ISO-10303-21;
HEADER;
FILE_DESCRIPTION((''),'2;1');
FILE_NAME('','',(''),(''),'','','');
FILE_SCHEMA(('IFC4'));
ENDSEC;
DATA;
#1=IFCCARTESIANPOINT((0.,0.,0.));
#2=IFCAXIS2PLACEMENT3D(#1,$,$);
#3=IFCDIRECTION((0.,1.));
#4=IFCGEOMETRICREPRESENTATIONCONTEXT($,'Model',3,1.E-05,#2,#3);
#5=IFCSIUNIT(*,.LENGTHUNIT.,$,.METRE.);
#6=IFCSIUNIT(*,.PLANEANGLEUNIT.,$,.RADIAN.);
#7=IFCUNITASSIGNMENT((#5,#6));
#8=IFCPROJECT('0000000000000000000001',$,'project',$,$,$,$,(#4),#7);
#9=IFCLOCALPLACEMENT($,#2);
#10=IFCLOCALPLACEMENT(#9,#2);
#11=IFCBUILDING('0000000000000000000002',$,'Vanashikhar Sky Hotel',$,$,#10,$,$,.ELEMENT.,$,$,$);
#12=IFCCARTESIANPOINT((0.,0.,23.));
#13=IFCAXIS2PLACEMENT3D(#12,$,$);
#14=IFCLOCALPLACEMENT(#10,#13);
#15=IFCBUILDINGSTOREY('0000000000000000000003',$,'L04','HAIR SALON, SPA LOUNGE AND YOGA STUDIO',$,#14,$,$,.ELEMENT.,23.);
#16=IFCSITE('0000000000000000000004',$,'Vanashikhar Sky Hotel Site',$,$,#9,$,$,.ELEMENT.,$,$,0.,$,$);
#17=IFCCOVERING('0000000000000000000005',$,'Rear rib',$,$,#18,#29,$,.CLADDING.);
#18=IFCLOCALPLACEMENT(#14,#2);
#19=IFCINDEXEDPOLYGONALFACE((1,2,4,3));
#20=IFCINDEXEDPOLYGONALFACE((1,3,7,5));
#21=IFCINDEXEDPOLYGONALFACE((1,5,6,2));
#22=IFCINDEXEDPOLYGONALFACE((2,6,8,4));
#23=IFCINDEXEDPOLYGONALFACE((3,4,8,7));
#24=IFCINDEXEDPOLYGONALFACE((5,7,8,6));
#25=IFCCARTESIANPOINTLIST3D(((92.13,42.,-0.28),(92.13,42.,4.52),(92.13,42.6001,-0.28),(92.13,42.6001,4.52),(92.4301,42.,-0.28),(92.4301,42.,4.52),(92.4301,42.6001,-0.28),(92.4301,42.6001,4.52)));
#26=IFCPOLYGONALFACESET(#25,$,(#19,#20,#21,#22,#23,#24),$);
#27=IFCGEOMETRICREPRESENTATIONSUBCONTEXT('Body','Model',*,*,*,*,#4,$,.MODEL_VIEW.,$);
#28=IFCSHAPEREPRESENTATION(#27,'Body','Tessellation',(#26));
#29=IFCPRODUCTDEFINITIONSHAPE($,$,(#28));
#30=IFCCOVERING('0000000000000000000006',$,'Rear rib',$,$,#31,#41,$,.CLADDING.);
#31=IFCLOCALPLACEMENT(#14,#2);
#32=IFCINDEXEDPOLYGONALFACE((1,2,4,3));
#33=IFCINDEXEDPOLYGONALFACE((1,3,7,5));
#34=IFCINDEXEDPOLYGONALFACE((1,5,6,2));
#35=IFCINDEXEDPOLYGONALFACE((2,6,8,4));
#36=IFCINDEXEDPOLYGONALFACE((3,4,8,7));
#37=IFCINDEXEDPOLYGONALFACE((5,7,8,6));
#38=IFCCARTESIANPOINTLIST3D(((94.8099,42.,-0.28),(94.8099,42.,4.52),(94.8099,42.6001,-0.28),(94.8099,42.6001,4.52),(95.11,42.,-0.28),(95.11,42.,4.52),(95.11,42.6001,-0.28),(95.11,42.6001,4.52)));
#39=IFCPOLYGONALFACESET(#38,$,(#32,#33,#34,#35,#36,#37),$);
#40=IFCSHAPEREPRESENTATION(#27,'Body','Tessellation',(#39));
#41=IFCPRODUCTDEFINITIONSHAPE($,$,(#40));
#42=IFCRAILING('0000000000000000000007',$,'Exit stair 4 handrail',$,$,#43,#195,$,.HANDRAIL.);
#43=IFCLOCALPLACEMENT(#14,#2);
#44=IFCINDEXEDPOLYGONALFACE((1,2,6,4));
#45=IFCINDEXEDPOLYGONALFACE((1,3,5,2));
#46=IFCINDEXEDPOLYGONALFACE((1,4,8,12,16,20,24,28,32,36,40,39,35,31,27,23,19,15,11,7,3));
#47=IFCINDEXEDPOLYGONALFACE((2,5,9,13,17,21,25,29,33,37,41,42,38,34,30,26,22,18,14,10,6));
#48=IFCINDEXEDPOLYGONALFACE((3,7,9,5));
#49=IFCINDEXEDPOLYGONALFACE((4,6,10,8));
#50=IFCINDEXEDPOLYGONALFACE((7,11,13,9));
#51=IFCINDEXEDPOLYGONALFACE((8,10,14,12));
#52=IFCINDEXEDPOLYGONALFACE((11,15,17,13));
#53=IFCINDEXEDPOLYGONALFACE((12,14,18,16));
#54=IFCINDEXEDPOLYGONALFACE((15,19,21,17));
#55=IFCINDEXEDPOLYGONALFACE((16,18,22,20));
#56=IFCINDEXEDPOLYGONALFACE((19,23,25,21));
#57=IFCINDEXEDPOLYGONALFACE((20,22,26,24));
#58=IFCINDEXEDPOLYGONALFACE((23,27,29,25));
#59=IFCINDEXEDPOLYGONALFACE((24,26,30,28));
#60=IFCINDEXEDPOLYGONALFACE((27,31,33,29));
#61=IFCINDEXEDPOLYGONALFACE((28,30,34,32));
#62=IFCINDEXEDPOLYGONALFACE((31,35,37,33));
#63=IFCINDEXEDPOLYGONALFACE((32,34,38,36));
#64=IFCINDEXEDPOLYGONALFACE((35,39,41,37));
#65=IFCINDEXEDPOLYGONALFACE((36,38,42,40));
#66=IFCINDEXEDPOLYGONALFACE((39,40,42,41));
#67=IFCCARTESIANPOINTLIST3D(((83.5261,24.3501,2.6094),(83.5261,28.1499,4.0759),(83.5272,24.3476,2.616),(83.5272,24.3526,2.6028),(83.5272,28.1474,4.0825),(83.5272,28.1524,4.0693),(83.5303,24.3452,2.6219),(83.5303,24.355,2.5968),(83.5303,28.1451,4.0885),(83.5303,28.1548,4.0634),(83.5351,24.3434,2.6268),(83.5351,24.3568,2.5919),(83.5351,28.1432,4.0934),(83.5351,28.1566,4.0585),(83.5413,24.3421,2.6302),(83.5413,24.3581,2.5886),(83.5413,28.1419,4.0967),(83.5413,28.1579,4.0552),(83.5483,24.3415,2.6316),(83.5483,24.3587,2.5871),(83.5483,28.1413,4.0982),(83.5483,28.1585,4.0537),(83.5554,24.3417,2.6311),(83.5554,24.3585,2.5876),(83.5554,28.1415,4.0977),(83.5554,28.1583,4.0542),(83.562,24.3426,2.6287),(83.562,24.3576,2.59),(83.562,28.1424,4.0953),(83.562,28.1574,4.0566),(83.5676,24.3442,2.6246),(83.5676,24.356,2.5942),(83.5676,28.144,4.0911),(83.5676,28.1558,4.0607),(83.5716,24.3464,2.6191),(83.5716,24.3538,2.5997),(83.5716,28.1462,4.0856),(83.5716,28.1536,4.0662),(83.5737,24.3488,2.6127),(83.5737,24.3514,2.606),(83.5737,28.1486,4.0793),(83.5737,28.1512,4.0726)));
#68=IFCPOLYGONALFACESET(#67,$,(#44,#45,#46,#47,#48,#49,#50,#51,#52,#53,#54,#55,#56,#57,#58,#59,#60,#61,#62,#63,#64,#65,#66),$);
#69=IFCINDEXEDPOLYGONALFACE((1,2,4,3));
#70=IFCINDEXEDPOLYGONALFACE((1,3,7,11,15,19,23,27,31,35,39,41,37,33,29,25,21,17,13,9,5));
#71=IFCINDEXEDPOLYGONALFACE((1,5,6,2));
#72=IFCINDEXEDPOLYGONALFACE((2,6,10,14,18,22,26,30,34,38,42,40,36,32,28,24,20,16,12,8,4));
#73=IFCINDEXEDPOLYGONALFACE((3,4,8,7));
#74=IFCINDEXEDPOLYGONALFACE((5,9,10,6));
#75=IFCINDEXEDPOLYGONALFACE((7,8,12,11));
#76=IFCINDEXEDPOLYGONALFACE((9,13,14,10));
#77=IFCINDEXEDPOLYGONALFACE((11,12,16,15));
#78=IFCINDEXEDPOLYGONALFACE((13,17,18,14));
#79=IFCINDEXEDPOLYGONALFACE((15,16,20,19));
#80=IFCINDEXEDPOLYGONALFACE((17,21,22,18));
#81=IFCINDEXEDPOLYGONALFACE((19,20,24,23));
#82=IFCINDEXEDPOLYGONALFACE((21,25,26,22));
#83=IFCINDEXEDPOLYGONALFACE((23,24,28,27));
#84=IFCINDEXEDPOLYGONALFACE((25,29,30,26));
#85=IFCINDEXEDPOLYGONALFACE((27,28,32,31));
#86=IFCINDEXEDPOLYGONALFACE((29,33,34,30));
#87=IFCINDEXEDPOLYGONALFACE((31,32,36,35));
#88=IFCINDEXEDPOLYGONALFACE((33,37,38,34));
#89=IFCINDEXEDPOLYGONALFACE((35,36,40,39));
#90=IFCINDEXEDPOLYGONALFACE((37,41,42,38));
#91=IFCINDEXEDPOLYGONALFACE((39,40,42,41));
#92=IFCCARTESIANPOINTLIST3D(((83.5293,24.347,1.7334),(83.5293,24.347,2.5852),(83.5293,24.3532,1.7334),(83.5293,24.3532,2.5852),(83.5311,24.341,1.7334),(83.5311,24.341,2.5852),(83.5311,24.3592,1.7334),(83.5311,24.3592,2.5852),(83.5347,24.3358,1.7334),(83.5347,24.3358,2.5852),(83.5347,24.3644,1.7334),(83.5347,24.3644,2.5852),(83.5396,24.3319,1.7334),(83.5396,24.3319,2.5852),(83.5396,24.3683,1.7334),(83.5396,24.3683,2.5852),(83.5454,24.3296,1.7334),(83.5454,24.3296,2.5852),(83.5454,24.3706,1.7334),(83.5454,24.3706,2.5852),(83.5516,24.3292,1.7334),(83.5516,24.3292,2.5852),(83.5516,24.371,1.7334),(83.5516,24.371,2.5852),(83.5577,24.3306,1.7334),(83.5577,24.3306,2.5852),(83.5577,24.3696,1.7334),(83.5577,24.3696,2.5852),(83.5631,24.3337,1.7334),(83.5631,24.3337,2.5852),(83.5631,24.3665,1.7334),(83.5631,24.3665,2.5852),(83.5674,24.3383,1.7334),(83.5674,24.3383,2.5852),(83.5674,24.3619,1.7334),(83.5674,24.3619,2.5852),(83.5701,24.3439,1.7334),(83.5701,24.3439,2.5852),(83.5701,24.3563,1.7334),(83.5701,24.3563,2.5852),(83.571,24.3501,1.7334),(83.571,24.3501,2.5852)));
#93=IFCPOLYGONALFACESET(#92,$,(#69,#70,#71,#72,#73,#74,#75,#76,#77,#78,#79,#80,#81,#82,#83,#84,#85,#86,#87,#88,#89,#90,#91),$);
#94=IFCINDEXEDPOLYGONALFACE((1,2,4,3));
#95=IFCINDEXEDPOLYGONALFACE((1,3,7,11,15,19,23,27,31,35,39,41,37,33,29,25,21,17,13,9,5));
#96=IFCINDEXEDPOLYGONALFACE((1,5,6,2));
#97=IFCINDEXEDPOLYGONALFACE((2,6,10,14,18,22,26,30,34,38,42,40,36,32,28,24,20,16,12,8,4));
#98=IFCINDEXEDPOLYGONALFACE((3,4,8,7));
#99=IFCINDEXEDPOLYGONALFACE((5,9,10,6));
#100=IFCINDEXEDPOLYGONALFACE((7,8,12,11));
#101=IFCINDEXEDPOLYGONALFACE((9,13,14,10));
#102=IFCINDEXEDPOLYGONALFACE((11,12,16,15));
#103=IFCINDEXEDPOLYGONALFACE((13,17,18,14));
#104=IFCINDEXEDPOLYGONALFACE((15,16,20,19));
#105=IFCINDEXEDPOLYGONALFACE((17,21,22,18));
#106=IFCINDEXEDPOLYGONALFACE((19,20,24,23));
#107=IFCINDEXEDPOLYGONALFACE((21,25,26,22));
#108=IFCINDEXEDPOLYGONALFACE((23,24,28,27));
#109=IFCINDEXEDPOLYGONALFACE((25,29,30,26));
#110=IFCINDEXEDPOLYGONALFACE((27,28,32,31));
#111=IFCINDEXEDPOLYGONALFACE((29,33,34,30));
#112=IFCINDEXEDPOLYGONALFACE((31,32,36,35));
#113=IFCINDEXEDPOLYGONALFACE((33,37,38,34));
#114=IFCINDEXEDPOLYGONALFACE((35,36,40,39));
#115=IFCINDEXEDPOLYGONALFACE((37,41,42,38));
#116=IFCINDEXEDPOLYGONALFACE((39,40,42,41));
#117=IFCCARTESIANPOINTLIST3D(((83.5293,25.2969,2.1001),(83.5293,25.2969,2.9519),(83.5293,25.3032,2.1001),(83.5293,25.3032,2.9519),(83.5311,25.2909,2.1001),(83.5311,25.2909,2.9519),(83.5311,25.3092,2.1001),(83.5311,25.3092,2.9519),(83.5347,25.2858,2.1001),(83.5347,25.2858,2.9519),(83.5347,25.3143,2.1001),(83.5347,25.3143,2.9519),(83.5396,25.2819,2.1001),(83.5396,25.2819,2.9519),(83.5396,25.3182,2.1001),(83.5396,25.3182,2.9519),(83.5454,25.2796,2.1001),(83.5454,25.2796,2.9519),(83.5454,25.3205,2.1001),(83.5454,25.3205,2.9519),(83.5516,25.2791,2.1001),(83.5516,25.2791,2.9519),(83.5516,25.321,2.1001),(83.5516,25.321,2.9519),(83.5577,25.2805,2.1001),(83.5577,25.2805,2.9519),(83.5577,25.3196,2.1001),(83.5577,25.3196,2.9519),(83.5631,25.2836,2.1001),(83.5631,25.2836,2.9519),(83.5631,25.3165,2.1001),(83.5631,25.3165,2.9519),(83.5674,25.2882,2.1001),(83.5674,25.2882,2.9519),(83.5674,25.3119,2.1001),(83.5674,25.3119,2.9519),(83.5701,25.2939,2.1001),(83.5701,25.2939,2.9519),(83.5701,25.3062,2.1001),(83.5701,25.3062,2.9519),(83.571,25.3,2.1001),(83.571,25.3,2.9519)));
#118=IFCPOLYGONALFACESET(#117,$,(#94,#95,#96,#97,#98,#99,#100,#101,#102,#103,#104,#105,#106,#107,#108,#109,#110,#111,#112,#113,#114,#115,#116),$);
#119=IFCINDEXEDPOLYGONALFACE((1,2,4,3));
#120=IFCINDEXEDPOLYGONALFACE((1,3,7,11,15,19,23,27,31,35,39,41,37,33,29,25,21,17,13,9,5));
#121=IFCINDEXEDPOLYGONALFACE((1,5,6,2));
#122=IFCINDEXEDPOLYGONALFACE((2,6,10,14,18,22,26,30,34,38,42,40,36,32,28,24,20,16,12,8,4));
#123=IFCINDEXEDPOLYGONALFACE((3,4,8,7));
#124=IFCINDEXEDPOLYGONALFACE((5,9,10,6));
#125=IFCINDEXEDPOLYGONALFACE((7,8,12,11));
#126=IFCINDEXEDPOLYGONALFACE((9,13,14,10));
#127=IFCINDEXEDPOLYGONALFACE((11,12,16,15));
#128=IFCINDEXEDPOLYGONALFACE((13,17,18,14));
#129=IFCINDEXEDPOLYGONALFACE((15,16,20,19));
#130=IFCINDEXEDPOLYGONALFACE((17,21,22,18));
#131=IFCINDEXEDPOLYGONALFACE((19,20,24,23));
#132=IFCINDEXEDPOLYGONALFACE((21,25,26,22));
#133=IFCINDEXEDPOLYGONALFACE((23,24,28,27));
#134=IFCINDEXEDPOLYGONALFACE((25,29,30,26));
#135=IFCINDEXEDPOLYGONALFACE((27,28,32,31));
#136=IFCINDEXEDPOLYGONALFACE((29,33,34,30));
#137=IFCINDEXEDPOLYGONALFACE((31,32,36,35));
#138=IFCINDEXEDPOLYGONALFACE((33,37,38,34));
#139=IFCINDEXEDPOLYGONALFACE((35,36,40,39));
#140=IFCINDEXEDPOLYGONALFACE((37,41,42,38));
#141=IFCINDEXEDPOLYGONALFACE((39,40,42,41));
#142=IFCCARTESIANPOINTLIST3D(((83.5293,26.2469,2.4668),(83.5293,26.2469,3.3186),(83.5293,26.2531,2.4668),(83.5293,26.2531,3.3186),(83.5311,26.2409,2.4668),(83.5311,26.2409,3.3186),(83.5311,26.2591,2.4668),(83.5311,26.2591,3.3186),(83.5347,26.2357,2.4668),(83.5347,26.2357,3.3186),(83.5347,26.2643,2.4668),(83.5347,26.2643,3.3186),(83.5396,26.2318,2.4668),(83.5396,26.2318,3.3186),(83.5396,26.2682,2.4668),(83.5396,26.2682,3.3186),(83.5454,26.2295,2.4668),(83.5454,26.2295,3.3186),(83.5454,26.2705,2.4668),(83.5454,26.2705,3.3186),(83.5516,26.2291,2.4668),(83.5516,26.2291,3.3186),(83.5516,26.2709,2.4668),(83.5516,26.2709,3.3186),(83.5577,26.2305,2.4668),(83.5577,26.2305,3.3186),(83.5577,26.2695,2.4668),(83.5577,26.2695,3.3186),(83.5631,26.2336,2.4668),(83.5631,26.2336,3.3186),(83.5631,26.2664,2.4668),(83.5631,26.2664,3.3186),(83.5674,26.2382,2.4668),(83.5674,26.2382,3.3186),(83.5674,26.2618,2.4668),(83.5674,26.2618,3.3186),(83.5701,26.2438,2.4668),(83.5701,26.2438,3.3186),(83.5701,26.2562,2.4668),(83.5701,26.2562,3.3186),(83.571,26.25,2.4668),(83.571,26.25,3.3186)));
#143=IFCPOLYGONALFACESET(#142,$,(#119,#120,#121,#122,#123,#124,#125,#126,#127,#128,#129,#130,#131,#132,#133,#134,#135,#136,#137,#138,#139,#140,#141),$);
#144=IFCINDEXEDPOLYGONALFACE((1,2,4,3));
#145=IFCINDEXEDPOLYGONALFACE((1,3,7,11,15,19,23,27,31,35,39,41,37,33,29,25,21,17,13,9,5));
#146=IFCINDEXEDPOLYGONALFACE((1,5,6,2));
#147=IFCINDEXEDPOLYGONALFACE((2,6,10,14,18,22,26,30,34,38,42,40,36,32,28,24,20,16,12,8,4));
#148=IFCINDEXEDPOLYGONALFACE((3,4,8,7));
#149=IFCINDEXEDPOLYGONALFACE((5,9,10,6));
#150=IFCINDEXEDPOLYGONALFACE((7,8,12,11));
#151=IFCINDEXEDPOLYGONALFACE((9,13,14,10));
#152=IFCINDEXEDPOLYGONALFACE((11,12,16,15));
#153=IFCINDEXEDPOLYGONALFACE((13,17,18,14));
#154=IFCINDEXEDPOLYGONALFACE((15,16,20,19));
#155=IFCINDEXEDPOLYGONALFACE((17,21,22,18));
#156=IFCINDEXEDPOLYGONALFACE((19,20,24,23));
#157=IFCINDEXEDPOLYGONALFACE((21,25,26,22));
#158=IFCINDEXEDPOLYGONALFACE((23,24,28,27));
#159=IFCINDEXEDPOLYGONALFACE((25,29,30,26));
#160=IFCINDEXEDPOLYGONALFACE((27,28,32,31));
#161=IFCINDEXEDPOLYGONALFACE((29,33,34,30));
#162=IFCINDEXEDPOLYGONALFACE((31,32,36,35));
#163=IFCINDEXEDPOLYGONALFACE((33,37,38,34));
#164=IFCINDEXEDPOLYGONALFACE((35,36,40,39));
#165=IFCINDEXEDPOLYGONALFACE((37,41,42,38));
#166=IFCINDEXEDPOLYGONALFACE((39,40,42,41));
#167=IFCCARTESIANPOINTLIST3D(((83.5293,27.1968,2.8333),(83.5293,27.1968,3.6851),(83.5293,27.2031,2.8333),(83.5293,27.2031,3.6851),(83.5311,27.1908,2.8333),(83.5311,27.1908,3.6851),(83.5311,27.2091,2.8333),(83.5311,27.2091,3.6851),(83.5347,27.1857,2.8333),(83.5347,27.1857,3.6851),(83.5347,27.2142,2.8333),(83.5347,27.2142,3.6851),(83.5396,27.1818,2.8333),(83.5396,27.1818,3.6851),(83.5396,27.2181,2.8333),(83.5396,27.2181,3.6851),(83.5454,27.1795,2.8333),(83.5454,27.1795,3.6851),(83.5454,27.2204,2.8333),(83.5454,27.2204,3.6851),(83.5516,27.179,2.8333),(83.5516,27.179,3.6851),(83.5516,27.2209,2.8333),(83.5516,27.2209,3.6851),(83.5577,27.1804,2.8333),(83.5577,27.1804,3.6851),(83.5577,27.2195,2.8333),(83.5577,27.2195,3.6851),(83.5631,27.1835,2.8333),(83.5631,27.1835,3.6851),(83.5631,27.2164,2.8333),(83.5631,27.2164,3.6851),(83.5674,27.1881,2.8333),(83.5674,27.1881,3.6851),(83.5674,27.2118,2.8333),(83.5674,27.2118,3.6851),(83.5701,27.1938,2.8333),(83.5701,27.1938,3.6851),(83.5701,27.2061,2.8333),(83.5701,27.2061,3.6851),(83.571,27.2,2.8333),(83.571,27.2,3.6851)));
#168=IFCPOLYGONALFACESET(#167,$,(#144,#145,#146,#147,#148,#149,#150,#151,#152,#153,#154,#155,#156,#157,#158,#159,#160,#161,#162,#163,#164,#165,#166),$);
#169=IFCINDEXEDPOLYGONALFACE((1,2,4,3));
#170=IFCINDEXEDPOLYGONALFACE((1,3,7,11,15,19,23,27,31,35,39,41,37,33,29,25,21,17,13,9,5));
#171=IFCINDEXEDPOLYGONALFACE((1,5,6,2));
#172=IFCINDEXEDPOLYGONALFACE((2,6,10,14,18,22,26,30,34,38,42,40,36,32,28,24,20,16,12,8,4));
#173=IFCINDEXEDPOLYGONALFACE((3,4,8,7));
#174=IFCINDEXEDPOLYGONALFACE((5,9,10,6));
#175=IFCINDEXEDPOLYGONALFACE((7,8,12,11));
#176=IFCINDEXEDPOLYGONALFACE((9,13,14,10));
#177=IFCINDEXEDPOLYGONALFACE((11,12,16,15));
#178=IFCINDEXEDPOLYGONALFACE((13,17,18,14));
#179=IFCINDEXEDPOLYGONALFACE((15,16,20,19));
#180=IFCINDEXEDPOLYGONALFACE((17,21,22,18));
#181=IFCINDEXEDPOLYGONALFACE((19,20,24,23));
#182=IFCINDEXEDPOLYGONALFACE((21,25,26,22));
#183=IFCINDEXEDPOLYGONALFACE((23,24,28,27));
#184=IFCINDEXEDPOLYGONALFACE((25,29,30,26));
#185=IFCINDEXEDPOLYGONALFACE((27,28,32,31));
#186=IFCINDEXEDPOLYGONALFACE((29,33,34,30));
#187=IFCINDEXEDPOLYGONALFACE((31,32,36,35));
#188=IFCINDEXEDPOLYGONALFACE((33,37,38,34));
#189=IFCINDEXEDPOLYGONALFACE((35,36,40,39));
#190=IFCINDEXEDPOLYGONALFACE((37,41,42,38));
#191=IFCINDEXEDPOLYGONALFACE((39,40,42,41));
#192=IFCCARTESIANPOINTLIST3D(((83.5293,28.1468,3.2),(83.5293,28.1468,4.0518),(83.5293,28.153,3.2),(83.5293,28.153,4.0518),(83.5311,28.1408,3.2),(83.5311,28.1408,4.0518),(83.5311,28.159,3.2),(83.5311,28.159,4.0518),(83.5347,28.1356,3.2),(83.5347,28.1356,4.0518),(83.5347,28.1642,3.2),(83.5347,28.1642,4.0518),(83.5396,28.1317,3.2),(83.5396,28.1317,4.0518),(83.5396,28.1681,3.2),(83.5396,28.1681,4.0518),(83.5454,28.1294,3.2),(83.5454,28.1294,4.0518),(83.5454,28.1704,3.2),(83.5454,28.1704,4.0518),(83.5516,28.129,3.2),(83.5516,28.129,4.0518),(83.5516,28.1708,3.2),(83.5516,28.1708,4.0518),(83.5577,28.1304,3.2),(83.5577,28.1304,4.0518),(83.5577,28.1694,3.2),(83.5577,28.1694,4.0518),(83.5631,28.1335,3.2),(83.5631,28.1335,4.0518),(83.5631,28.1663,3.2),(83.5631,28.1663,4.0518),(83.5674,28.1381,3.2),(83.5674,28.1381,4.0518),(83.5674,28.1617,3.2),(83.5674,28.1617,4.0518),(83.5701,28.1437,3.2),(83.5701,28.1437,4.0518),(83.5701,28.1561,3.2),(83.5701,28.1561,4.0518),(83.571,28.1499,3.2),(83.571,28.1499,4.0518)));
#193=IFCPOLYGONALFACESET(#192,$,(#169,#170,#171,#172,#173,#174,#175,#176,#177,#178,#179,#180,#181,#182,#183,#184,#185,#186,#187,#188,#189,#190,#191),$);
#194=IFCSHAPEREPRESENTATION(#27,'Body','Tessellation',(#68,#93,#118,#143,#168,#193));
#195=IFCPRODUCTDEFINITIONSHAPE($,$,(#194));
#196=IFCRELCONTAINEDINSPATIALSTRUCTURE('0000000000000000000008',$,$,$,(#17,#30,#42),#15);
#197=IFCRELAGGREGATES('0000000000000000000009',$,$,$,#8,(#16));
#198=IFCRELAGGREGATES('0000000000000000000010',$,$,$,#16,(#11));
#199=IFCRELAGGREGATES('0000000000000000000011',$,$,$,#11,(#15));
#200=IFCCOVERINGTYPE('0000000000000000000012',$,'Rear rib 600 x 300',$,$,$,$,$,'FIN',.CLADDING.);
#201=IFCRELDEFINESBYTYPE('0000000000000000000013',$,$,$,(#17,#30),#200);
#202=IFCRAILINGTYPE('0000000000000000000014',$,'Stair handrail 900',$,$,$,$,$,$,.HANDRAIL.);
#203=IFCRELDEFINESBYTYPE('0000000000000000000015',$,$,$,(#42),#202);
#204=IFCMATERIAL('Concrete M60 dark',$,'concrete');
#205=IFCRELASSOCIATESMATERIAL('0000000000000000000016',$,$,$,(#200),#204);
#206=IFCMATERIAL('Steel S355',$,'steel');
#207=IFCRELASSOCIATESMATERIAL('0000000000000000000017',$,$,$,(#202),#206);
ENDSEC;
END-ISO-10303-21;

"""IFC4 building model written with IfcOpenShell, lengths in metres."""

from ifc_helpers import new_model, si_unit, direction, frame, origin, origin_2d, place, context, subcontext, project, spatial, rectangle, circle, extrude, source, transform, mapped, material, material_profile, profile_set, type_object, element, save


model = new_model("IFC4")

# Units and contexts
model_context = context("Model", 3, precision=1e-05, world=origin(), true_north=direction((0.0, 1.0)))
body_context = subcontext(model_context, "Body", "Model", "MODEL_VIEW")
ifc_project = project(units=[si_unit("LENGTHUNIT", "METRE"), si_unit("PLANEANGLEUNIT", "RADIAN")], contexts=[model_context])

# Site, building, storey
site_placement = place(None, origin())
site = spatial("IfcSite", under=ifc_project, at=site_placement, Name="Vanashikhar Sky Hotel Site", CompositionType="ELEMENT", RefElevation=0.0)
building_placement = place(site_placement, origin())
building = spatial("IfcBuilding", under=site, at=building_placement, Name="Vanashikhar Sky Hotel", CompositionType="ELEMENT")
storey_placement = place(building_placement, frame((0.0, 0.0, 23.0)))
storey = spatial("IfcBuildingStorey", under=building, at=storey_placement, Name="L04", Description="HAIR SALON, SPA LOUNGE AND YOGA STUDIO", CompositionType="ELEMENT", Elevation=23.0)

# Coverings
ifc_material_1 = material(Name="Concrete M60 dark", Category="concrete")
ifc_material_profile_1 = material_profile(ifc_material_1, rectangle(XDim=0.6001, YDim=0.3, at=origin_2d()))
ifc_profile_set_1 = profile_set([ifc_material_profile_1], Name="Rear rib 600 x 300")
covering_type = type_object("IfcCoveringType", Name="Rear rib 600 x 300", ElementType="FIN", PredefinedType="CLADDING", material=ifc_profile_set_1)
shared_shape_1 = source(origin(), body_context, "Body", "SweptSolid", [
    extrude(rectangle(XDim=0.6001, YDim=0.3, at=origin_2d()), origin(), (0.0, 0.0, 1.0), 4.8),
])
for number, where, z_axis, x_axis, name in (
    (1, (92.28, 42.3, -0.28), (0.0, 0.0, 1.0), (0.0, 1.0, 0.0), "Rear rib"),
    (2, (94.96, 42.3, -0.28), (0.0, 0.0, 1.0), (0.0, 1.0, 0.0), "Rear rib"),
):
    element("IfcCovering", number, at=place(storey_placement, frame(where, z_axis=z_axis, x_axis=x_axis)), inside=storey, type_object=covering_type, Name=name, PredefinedType="CLADDING", context=body_context, shape_type="MappedRepresentation", body=[
        mapped(shared_shape_1, transform((0.0, 0.0, 0.0), scale=1.0)),
    ])

# Railing
ifc_material_2 = material(Name="Steel S355", Category="steel")
railing_type = type_object("IfcRailingType", Name="Stair handrail 900", PredefinedType="HANDRAIL", material=ifc_material_2)
shared_shape_2 = source(origin(), body_context, "Body", "SweptSolid", [
    extrude(circle(Radius=0.0239, at=origin_2d()), frame((0.0, 0.0, 0.876), z_axis=(0.0, 0.932926, 0.360067), x_axis=(-1.0, 0.0, 0.0)), (0.0, 0.0, 1.0), 4.073),
    extrude(circle(Radius=0.021, at=origin_2d()), origin(), (0.0, 0.0, 1.0), 0.8518),
    extrude(circle(Radius=0.021, at=origin_2d()), frame((0.0, 0.95, 0.3667)), (0.0, 0.0, 1.0), 0.8518),
    extrude(circle(Radius=0.021, at=origin_2d()), frame((0.0, 1.8999, 0.7334)), (0.0, 0.0, 1.0), 0.8518),
    extrude(circle(Radius=0.021, at=origin_2d()), frame((0.0, 2.8499, 1.0999)), (0.0, 0.0, 1.0), 0.8518),
    extrude(circle(Radius=0.021, at=origin_2d()), frame((0.0, 3.7998, 1.4666)), (0.0, 0.0, 1.0), 0.8518),
])
railing_placement = place(storey_placement, frame((83.55, 24.3501, 1.7334)))
element("IfcRailing", 3, at=railing_placement, inside=storey, type_object=railing_type, Name="Exit stair 4 handrail", PredefinedType="HANDRAIL", context=body_context, shape_type="MappedRepresentation", body=[
    mapped(shared_shape_2, transform((0.0, 0.0, 0.0), scale=1.0)),
])

save(model, "model.ifc")
